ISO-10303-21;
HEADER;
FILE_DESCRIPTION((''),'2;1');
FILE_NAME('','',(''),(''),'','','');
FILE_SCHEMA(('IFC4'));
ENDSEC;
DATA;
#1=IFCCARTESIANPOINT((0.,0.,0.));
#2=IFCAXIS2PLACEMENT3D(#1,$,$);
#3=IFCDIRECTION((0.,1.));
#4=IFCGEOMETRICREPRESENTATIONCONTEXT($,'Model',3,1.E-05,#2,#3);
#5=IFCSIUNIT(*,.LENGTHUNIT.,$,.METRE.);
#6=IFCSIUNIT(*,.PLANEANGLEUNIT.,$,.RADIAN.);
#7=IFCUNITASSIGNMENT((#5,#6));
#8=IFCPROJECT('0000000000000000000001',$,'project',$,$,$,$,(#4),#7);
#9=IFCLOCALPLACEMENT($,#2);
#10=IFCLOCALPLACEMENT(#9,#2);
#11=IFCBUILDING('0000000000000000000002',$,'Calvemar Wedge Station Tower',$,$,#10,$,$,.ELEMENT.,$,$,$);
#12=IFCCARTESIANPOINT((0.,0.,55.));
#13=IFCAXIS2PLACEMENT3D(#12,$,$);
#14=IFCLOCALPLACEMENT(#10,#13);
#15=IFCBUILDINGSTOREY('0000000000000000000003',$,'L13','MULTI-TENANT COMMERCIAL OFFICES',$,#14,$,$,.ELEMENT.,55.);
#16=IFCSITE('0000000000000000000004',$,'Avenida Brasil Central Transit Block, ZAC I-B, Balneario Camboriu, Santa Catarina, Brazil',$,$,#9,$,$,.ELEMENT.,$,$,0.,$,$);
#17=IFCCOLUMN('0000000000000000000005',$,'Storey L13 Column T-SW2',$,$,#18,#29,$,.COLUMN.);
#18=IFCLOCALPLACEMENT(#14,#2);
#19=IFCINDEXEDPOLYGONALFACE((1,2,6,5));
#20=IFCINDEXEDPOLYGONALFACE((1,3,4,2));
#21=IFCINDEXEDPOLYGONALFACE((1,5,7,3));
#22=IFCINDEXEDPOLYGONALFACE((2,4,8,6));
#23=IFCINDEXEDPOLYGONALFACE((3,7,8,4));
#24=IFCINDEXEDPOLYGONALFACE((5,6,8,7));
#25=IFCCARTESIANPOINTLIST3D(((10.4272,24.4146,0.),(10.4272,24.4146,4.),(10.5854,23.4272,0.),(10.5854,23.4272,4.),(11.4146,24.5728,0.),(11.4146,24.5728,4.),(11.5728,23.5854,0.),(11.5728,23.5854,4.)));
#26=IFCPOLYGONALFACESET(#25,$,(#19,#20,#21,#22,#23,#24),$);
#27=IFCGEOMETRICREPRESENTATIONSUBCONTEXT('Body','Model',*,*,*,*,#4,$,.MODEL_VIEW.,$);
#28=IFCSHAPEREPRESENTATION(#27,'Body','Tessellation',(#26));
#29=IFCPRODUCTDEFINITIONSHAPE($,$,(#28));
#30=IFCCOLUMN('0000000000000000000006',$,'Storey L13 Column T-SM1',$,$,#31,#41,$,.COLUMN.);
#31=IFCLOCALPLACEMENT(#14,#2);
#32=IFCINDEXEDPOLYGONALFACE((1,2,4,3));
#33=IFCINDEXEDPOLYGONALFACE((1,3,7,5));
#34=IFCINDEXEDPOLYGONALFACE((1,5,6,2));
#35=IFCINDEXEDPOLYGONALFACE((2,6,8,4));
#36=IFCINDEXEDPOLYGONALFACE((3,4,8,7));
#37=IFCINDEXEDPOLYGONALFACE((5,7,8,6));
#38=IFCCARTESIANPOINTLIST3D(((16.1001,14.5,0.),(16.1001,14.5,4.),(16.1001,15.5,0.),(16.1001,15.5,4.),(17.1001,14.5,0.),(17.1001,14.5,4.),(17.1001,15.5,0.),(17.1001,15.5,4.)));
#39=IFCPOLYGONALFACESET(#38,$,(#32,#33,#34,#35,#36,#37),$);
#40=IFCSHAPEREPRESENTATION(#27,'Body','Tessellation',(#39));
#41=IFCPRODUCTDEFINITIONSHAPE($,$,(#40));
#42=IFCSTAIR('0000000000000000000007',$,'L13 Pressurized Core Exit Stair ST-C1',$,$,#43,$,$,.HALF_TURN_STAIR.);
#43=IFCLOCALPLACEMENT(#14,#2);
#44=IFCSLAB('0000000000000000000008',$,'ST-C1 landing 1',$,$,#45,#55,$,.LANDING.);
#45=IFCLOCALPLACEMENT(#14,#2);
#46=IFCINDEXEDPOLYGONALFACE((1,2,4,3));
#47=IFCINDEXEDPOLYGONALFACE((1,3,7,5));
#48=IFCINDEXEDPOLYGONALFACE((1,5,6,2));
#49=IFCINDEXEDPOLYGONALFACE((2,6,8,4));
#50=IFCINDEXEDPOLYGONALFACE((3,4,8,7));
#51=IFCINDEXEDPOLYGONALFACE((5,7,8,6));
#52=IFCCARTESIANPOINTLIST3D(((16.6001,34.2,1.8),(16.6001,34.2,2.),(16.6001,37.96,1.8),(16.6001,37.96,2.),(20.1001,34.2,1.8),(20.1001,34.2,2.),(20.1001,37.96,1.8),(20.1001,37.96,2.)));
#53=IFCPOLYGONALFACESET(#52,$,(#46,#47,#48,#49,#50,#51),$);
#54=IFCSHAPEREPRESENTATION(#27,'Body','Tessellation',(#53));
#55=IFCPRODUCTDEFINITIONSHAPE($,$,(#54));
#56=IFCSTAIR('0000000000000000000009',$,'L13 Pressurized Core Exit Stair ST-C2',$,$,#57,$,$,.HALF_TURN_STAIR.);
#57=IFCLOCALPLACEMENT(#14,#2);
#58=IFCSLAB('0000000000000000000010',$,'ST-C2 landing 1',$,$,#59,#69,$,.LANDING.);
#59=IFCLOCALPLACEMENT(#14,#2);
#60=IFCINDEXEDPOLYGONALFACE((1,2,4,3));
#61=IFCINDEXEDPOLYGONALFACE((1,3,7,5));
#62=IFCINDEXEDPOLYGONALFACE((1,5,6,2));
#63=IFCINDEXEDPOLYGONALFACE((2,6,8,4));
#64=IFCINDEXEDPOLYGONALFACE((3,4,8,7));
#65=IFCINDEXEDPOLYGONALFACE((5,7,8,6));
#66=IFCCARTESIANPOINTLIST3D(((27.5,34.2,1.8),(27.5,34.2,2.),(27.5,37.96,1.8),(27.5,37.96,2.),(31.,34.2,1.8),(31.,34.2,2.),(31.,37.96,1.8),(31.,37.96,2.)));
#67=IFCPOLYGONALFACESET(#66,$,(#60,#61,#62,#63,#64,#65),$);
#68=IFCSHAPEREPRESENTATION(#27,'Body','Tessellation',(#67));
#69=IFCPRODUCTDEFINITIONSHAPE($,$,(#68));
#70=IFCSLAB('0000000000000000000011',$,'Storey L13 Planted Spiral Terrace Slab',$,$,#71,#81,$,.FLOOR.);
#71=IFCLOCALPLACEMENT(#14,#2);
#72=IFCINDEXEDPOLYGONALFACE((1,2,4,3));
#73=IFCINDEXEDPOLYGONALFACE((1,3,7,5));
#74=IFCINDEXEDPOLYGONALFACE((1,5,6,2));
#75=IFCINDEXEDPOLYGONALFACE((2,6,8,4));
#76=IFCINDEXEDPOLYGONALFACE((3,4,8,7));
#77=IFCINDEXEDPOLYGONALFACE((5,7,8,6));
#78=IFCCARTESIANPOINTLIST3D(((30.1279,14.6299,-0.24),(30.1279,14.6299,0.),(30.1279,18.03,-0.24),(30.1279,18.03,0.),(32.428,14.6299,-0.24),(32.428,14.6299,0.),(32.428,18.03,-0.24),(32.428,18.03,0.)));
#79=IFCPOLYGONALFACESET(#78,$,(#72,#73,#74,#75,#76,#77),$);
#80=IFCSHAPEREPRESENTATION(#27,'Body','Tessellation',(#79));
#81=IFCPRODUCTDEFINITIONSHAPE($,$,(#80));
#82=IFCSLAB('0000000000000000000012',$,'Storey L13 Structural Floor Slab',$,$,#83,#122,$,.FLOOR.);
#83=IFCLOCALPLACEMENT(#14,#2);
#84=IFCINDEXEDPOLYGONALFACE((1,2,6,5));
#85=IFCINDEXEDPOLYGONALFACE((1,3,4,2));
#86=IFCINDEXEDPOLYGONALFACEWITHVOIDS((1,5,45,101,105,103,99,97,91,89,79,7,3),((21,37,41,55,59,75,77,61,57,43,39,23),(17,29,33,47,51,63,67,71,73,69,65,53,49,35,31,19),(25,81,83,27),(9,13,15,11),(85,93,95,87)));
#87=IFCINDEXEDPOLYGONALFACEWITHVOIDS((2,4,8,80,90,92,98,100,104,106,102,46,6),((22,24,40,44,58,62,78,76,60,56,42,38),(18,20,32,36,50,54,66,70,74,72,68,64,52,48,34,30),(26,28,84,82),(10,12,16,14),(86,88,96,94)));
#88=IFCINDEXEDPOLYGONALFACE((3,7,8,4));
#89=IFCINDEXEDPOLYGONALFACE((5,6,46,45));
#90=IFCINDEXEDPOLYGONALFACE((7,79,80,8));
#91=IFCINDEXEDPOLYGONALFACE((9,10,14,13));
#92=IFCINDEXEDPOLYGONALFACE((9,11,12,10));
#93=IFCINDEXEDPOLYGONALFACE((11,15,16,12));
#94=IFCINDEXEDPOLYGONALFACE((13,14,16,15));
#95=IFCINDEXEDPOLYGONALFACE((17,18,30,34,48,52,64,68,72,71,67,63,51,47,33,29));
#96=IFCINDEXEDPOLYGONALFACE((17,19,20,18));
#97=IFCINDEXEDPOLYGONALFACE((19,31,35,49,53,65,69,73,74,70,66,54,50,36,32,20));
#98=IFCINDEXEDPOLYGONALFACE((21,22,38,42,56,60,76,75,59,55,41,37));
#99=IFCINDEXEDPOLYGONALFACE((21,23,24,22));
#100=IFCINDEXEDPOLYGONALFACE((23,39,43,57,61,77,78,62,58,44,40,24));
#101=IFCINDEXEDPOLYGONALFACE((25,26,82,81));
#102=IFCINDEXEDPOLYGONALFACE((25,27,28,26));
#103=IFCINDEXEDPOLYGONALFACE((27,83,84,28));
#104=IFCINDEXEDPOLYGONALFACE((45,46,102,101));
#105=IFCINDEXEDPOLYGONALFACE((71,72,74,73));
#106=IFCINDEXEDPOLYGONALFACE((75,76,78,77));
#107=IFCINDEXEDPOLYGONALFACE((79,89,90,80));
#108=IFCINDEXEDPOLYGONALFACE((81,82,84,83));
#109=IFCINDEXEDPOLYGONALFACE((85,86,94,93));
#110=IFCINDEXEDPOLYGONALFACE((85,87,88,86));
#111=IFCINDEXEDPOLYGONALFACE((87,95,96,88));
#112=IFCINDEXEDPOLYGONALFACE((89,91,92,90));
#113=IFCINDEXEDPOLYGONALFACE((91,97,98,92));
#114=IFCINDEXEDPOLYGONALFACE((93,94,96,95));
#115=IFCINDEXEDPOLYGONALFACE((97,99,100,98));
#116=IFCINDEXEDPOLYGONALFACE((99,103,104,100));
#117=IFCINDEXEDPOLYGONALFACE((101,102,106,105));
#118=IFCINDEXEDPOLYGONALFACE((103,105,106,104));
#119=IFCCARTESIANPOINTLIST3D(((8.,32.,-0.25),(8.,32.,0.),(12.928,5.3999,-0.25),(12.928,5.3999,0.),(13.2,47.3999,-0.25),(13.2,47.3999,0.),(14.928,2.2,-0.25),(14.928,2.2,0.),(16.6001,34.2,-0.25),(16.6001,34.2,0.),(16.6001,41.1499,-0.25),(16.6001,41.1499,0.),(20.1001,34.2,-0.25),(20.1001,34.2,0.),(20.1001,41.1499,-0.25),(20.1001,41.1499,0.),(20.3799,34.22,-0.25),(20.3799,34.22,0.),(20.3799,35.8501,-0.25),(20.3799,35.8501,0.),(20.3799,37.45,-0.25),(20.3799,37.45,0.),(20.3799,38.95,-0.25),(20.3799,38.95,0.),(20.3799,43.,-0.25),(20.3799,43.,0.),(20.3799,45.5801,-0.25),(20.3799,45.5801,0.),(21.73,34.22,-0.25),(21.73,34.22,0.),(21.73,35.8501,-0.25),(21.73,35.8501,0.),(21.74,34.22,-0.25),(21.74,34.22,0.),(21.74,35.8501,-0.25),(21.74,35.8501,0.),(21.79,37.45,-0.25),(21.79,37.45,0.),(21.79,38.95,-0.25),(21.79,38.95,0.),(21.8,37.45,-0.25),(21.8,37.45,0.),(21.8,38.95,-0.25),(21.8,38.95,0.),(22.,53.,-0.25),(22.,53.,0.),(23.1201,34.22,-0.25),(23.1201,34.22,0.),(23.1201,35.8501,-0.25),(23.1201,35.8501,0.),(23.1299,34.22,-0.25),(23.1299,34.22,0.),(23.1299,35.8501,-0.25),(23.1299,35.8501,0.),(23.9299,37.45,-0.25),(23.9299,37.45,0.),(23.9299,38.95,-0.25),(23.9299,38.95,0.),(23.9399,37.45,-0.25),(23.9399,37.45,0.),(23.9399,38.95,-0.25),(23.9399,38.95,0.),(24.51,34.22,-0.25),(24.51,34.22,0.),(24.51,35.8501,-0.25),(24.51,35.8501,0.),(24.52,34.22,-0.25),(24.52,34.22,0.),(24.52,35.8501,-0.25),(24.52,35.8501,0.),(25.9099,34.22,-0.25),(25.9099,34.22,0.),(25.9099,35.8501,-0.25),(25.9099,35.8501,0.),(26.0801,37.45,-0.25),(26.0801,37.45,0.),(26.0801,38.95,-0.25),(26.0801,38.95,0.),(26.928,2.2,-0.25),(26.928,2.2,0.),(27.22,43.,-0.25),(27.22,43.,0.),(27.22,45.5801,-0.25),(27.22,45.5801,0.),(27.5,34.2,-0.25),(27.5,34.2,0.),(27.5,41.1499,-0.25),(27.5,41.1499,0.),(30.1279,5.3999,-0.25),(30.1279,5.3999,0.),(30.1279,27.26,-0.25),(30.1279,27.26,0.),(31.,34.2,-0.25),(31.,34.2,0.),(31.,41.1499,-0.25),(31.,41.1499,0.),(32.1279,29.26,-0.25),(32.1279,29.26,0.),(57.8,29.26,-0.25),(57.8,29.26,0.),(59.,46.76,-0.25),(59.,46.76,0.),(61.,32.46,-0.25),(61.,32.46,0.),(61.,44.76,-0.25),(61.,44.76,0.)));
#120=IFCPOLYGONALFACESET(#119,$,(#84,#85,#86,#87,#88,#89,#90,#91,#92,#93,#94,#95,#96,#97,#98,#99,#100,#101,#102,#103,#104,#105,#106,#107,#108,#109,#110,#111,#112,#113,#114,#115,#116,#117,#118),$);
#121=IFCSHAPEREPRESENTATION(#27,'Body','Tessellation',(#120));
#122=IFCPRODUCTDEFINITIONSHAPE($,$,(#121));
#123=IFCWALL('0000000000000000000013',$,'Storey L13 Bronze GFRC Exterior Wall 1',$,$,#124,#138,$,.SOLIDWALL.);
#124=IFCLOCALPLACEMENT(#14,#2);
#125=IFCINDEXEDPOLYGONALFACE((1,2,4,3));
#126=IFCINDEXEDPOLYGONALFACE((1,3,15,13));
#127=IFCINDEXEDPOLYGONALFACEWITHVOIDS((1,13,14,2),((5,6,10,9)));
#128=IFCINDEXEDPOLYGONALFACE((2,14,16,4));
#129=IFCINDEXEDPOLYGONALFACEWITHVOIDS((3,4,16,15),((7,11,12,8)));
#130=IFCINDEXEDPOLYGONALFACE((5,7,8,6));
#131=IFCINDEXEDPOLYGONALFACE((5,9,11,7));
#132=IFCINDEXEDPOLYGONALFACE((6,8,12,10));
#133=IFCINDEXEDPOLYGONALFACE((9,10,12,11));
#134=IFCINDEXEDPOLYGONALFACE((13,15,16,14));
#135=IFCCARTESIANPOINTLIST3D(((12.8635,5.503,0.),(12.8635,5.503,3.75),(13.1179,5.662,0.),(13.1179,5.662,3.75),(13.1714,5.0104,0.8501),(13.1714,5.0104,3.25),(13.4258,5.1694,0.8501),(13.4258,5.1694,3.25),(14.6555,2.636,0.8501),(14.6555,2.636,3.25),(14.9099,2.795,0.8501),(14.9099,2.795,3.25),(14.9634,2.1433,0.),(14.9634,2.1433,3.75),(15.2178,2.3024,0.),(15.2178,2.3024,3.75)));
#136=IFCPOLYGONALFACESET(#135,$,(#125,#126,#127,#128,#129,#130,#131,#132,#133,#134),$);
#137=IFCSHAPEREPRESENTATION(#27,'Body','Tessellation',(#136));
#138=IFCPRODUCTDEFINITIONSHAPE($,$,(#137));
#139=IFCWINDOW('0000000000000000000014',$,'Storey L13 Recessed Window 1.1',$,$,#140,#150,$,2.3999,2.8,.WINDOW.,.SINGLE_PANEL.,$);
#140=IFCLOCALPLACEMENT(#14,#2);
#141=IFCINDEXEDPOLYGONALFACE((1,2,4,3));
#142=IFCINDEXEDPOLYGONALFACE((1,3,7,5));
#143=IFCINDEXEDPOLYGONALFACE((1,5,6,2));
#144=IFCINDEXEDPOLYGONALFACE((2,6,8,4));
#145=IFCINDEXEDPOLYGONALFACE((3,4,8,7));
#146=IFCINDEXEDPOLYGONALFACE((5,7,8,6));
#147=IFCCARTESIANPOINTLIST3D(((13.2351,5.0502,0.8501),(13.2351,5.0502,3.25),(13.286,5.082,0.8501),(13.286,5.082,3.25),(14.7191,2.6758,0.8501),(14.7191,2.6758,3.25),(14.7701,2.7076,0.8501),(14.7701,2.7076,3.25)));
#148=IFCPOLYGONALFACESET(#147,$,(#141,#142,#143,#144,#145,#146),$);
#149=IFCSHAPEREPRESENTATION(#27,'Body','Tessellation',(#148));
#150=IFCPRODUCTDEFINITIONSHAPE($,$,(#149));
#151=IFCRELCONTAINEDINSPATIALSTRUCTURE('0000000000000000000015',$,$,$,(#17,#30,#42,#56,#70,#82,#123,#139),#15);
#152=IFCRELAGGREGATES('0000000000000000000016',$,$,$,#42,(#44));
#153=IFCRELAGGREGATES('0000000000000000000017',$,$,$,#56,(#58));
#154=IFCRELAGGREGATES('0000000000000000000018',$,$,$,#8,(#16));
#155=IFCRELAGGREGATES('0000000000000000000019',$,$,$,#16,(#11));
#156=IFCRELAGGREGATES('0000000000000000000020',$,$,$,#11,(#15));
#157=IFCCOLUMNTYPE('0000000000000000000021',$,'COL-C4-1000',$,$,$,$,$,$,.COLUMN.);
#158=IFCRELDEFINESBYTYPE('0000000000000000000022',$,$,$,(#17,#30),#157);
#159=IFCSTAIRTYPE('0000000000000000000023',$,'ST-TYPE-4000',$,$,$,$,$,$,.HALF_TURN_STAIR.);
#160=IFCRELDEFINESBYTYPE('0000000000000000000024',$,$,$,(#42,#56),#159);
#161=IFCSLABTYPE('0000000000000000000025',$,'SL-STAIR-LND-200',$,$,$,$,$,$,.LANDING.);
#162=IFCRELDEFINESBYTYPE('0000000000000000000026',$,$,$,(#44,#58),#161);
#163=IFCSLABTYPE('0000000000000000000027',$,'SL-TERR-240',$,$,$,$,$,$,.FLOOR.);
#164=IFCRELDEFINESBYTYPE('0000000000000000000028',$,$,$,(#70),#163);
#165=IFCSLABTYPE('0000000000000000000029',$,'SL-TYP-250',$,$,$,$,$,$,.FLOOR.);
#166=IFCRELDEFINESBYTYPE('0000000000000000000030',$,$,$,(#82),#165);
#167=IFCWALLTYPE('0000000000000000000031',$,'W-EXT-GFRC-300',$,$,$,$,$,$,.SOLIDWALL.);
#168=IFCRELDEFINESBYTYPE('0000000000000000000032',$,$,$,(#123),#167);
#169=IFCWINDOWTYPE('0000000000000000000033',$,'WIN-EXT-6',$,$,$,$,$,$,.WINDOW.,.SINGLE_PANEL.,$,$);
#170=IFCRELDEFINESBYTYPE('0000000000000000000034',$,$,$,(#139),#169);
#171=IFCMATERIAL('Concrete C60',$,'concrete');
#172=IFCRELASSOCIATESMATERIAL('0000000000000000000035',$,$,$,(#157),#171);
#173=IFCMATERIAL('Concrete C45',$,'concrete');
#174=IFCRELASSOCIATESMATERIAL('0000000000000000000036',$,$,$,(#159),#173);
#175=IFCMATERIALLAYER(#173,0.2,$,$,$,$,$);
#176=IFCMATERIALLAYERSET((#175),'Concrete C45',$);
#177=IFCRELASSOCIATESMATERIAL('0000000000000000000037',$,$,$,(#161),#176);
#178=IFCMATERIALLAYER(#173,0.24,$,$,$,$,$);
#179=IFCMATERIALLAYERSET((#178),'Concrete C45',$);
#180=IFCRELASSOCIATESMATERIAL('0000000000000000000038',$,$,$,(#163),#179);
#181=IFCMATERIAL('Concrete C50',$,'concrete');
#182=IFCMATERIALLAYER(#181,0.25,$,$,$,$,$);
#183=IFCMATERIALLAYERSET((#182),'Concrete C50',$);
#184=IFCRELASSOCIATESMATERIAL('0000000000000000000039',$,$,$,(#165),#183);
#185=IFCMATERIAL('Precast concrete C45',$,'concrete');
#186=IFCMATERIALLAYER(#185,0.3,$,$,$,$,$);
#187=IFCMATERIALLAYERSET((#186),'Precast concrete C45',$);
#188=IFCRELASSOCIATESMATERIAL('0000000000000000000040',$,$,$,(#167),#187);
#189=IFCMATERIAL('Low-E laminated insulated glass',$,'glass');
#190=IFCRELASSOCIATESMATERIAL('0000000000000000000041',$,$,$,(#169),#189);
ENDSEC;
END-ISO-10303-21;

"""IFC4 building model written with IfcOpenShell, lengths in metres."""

from ifc_helpers import new_model, si_unit, direction, frame, frame_2d, origin, origin_2d, place, context, subcontext, project, spatial, polyline, rectangle, outline, extrude, source, transform, mapped, material, layer, layer_set, material_profile, profile_set, type_object, element, fill, aggregate, save


model = new_model("IFC4")

# Units and contexts
model_context = context("Model", 3, precision=1e-05, world=origin(), true_north=direction((0.0, 1.0)))
body_context = subcontext(model_context, "Body", "Model", "MODEL_VIEW")
ifc_project = project(units=[si_unit("LENGTHUNIT", "METRE"), si_unit("PLANEANGLEUNIT", "RADIAN")], contexts=[model_context])

# Site, building, storey
site_placement = place(None, origin())
site = spatial("IfcSite", under=ifc_project, at=site_placement, Name="Avenida Brasil Central Transit Block, ZAC I-B, Balneario Camboriu, Santa Catarina, Brazil", CompositionType="ELEMENT", RefElevation=0.0)
building_placement = place(site_placement, origin())
building = spatial("IfcBuilding", under=site, at=building_placement, Name="Calvemar Wedge Station Tower", CompositionType="ELEMENT")
storey_placement = place(building_placement, frame((0.0, 0.0, 55.0)))
storey = spatial("IfcBuildingStorey", under=building, at=storey_placement, Name="L13", Description="MULTI-TENANT COMMERCIAL OFFICES", CompositionType="ELEMENT", Elevation=55.0)

# Columns
ifc_material_1 = material(Name="Concrete C60", Category="concrete")
ifc_material_profile = material_profile(ifc_material_1, rectangle(XDim=1.0, YDim=1.0, at=origin_2d()), Name="RC1000x1000")
ifc_profile_set = profile_set([ifc_material_profile], Name="Concrete C60")
column_type = type_object("IfcColumnType", Name="COL-C4-1000", PredefinedType="COLUMN", material=ifc_profile_set)
shared_shape_1 = source(origin(), body_context, "Body", "SweptSolid", [
    extrude(rectangle(XDim=1.0, YDim=1.0, at=origin_2d()), origin(), (0.0, 0.0, 1.0), 4.0),
])
for number, where, z_axis, x_axis, name in (
    (1, (11.0, 24.0, 0.0), (0.0, 0.0, 1.0), (0.158158, -0.987414, 0.0), "Storey L13 Column T-SW2"),
    (2, (16.6001, 15.0, 0.0), (0.0, 0.0, 1.0), (1.0, 0.0, 0.0), "Storey L13 Column T-SM1"),
):
    element("IfcColumn", number, at=place(storey_placement, frame(where, z_axis=z_axis, x_axis=x_axis)), inside=storey, type_object=column_type, Name=name, PredefinedType="COLUMN", context=body_context, shape_type="MappedRepresentation", body=[
        mapped(shared_shape_1, transform((0.0, 0.0, 0.0), scale=1.0)),
    ])

# Stairs, slabs
ifc_material_2 = material(Name="Concrete C45", Category="concrete")
stair_type = type_object("IfcStairType", Name="ST-TYPE-4000", PredefinedType="HALF_TURN_STAIR", material=ifc_material_2)
stair_1_placement = place(storey_placement, origin())
stair_1 = element("IfcStair", 3, at=stair_1_placement, inside=storey, type_object=stair_type, Name="L13 Pressurized Core Exit Stair ST-C1", PredefinedType="HALF_TURN_STAIR")
ifc_layer_1 = layer(ifc_material_2, 0.2)
ifc_layer_set_1 = layer_set([ifc_layer_1], Name="Concrete C45")
slab_type_1 = type_object("IfcSlabType", Name="SL-STAIR-LND-200", PredefinedType="LANDING", material=ifc_layer_set_1)
slab_1_placement = place(storey_placement, frame((0.0, 0.0, 1.8)))
slab_1 = element("IfcSlab", 4, at=slab_1_placement, type_object=slab_type_1, Name="ST-C1 landing 1", PredefinedType="LANDING", context=body_context, shape_type="SweptSolid", body=[
    extrude(outline(polyline([(16.6001, 37.96), (16.6001, 34.2), (20.1001, 34.2), (20.1001, 37.96), (16.6001, 37.96)])), origin(), (0.0, 0.0, 1.0), 0.2),
])
aggregate(stair_1, [slab_1])
stair_2_placement = place(storey_placement, origin())
stair_2 = element("IfcStair", 5, at=stair_2_placement, inside=storey, type_object=stair_type, Name="L13 Pressurized Core Exit Stair ST-C2", PredefinedType="HALF_TURN_STAIR")
slab_2_placement = place(storey_placement, frame((0.0, 0.0, 1.8)))
slab_2 = element("IfcSlab", 6, at=slab_2_placement, type_object=slab_type_1, Name="ST-C2 landing 1", PredefinedType="LANDING", context=body_context, shape_type="SweptSolid", body=[
    extrude(outline(polyline([(27.5, 37.96), (27.5, 34.2), (31.0, 34.2), (31.0, 37.96), (27.5, 37.96)])), origin(), (0.0, 0.0, 1.0), 0.2),
])
aggregate(stair_2, [slab_2])

# Slabs
ifc_layer_2 = layer(ifc_material_2, 0.24)
ifc_layer_set_2 = layer_set([ifc_layer_2], Name="Concrete C45")
slab_type_2 = type_object("IfcSlabType", Name="SL-TERR-240", PredefinedType="FLOOR", material=ifc_layer_set_2)
slab_3_placement = place(storey_placement, frame((0.0, 0.0, -0.24)))
element("IfcSlab", 7, at=slab_3_placement, inside=storey, type_object=slab_type_2, Name="Storey L13 Planted Spiral Terrace Slab", PredefinedType="FLOOR", context=body_context, shape_type="SweptSolid", body=[
    extrude(outline(polyline([(30.1279, 14.6299), (32.428, 14.6299), (32.428, 18.03), (30.1279, 18.03), (30.1279, 14.6299)])), origin(), (0.0, 0.0, 1.0), 0.24),
])
ifc_material_3 = material(Name="Concrete C50", Category="concrete")
ifc_layer_3 = layer(ifc_material_3, 0.25)
ifc_layer_set_3 = layer_set([ifc_layer_3], Name="Concrete C50")
slab_type_3 = type_object("IfcSlabType", Name="SL-TYP-250", PredefinedType="FLOOR", material=ifc_layer_set_3)
slab_4_placement = place(storey_placement, frame((0.0, 0.0, -0.25)))
element("IfcSlab", 8, at=slab_4_placement, inside=storey, type_object=slab_type_3, Name="Storey L13 Structural Floor Slab", PredefinedType="FLOOR", context=body_context, shape_type="SweptSolid", body=[
    extrude(outline(polyline([(8.0, 32.0), (12.928, 5.3999), (14.928, 2.2), (26.928, 2.2), (30.1279, 5.3999), (30.1279, 27.26), (32.1279, 29.26), (57.8, 29.26), (61.0, 32.46), (61.0, 44.76), (59.0, 46.76), (22.0, 53.0), (13.2, 47.3999), (8.0, 32.0)]), holes=[polyline([(21.74, 35.8501), (21.73, 35.8501), (20.3799, 35.8501), (20.3799, 34.22), (21.73, 34.22), (21.74, 34.22), (23.1201, 34.22), (23.1299, 34.22), (24.51, 34.22), (24.52, 34.22), (25.9099, 34.22), (25.9099, 35.8501), (24.52, 35.8501), (24.51, 35.8501), (23.1299, 35.8501), (23.1201, 35.8501), (21.74, 35.8501)]), polyline([(16.6001, 41.1499), (16.6001, 34.2), (20.1001, 34.2), (20.1001, 41.1499), (16.6001, 41.1499)]), polyline([(27.5, 34.2), (31.0, 34.2), (31.0, 41.1499), (27.5, 41.1499), (27.5, 34.2)]), polyline([(21.79, 37.45), (21.8, 37.45), (23.9299, 37.45), (23.9399, 37.45), (26.0801, 37.45), (26.0801, 38.95), (23.9399, 38.95), (23.9299, 38.95), (21.8, 38.95), (21.79, 38.95), (20.3799, 38.95), (20.3799, 37.45), (21.79, 37.45)]), polyline([(20.3799, 43.0), (27.22, 43.0), (27.22, 45.5801), (20.3799, 45.5801), (20.3799, 43.0)])]), origin(), (0.0, 0.0, 1.0), 0.25),
])

# Wall, opening, window
ifc_material_4 = material(Name="Precast concrete C45", Category="concrete")
ifc_layer_4 = layer(ifc_material_4, 0.3)
ifc_layer_set_4 = layer_set([ifc_layer_4], Name="Precast concrete C45")
wall_type_1 = type_object("IfcWallType", Name="W-EXT-GFRC-300", PredefinedType="SOLIDWALL", material=ifc_layer_set_4)
wall_1_placement = place(storey_placement, frame((12.9907, 5.5825, 0.0), z_axis=(0.0, 0.0, 1.0), x_axis=(0.530016, -0.847988, 0.0)))
wall_1 = element("IfcWall", 9, at=wall_1_placement, inside=storey, type_object=wall_type_1, Name="Storey L13 Bronze GFRC Exterior Wall 1", PredefinedType="SOLIDWALL", context=body_context, shape_type="SweptSolid", body=[
    extrude(rectangle(XDim=3.9619, YDim=0.3, at=frame_2d((1.981, 0.0))), origin(), (0.0, 0.0, 1.0), 3.75),
])
shared_shape_2 = source(origin(), body_context, "Body", "SweptSolid", [
    extrude(rectangle(XDim=2.8, YDim=2.3999, at=frame_2d((1.3999, 1.2))), frame((0.0, 0.1602, 0.0), z_axis=(0.0, -1.0, 0.0), x_axis=(1.0, 0.0, 0.0)), (0.0, 0.0, 1.0), 0.3201),
])
opening_1_placement = place(wall_1_placement, frame((0.5811, 0.0, 0.8501)))
opening_1 = element("IfcOpeningElement", 10, at=opening_1_placement, cuts=wall_1, PredefinedType="OPENING", context=body_context, shape_type="MappedRepresentation", body=[
    mapped(shared_shape_2, transform((0.0, 0.0, 0.0), scale=1.0)),
])
ifc_material_5 = material(Name="Low-E laminated insulated glass", Category="glass")
window_type_1 = type_object("IfcWindowType", Name="WIN-EXT-6", PartitioningType="SINGLE_PANEL", PredefinedType="WINDOW", material=ifc_material_5)
shared_shape_3 = source(origin(), body_context, "Body", "SweptSolid", [
    extrude(rectangle(XDim=2.8, YDim=2.3999, at=frame_2d((1.3999, 1.2))), frame((0.0, -0.0149, 0.0), z_axis=(0.0, -1.0, 0.0), x_axis=(1.0, 0.0, 0.0)), (0.0, 0.0, 1.0), 0.0601),
])
window_1_placement = place(opening_1_placement, origin())
window_1 = element("IfcWindow", 11, at=window_1_placement, inside=storey, type_object=window_type_1, Name="Storey L13 Recessed Window 1.1", OverallHeight=2.3999, OverallWidth=2.8, PartitioningType="SINGLE_PANEL", PredefinedType="WINDOW", context=body_context, shape_type="MappedRepresentation", body=[
    mapped(shared_shape_3, transform((0.0, 0.0, 0.0), scale=1.0)),
])
fill(opening_1, window_1)

save(model, "model.ifc")
